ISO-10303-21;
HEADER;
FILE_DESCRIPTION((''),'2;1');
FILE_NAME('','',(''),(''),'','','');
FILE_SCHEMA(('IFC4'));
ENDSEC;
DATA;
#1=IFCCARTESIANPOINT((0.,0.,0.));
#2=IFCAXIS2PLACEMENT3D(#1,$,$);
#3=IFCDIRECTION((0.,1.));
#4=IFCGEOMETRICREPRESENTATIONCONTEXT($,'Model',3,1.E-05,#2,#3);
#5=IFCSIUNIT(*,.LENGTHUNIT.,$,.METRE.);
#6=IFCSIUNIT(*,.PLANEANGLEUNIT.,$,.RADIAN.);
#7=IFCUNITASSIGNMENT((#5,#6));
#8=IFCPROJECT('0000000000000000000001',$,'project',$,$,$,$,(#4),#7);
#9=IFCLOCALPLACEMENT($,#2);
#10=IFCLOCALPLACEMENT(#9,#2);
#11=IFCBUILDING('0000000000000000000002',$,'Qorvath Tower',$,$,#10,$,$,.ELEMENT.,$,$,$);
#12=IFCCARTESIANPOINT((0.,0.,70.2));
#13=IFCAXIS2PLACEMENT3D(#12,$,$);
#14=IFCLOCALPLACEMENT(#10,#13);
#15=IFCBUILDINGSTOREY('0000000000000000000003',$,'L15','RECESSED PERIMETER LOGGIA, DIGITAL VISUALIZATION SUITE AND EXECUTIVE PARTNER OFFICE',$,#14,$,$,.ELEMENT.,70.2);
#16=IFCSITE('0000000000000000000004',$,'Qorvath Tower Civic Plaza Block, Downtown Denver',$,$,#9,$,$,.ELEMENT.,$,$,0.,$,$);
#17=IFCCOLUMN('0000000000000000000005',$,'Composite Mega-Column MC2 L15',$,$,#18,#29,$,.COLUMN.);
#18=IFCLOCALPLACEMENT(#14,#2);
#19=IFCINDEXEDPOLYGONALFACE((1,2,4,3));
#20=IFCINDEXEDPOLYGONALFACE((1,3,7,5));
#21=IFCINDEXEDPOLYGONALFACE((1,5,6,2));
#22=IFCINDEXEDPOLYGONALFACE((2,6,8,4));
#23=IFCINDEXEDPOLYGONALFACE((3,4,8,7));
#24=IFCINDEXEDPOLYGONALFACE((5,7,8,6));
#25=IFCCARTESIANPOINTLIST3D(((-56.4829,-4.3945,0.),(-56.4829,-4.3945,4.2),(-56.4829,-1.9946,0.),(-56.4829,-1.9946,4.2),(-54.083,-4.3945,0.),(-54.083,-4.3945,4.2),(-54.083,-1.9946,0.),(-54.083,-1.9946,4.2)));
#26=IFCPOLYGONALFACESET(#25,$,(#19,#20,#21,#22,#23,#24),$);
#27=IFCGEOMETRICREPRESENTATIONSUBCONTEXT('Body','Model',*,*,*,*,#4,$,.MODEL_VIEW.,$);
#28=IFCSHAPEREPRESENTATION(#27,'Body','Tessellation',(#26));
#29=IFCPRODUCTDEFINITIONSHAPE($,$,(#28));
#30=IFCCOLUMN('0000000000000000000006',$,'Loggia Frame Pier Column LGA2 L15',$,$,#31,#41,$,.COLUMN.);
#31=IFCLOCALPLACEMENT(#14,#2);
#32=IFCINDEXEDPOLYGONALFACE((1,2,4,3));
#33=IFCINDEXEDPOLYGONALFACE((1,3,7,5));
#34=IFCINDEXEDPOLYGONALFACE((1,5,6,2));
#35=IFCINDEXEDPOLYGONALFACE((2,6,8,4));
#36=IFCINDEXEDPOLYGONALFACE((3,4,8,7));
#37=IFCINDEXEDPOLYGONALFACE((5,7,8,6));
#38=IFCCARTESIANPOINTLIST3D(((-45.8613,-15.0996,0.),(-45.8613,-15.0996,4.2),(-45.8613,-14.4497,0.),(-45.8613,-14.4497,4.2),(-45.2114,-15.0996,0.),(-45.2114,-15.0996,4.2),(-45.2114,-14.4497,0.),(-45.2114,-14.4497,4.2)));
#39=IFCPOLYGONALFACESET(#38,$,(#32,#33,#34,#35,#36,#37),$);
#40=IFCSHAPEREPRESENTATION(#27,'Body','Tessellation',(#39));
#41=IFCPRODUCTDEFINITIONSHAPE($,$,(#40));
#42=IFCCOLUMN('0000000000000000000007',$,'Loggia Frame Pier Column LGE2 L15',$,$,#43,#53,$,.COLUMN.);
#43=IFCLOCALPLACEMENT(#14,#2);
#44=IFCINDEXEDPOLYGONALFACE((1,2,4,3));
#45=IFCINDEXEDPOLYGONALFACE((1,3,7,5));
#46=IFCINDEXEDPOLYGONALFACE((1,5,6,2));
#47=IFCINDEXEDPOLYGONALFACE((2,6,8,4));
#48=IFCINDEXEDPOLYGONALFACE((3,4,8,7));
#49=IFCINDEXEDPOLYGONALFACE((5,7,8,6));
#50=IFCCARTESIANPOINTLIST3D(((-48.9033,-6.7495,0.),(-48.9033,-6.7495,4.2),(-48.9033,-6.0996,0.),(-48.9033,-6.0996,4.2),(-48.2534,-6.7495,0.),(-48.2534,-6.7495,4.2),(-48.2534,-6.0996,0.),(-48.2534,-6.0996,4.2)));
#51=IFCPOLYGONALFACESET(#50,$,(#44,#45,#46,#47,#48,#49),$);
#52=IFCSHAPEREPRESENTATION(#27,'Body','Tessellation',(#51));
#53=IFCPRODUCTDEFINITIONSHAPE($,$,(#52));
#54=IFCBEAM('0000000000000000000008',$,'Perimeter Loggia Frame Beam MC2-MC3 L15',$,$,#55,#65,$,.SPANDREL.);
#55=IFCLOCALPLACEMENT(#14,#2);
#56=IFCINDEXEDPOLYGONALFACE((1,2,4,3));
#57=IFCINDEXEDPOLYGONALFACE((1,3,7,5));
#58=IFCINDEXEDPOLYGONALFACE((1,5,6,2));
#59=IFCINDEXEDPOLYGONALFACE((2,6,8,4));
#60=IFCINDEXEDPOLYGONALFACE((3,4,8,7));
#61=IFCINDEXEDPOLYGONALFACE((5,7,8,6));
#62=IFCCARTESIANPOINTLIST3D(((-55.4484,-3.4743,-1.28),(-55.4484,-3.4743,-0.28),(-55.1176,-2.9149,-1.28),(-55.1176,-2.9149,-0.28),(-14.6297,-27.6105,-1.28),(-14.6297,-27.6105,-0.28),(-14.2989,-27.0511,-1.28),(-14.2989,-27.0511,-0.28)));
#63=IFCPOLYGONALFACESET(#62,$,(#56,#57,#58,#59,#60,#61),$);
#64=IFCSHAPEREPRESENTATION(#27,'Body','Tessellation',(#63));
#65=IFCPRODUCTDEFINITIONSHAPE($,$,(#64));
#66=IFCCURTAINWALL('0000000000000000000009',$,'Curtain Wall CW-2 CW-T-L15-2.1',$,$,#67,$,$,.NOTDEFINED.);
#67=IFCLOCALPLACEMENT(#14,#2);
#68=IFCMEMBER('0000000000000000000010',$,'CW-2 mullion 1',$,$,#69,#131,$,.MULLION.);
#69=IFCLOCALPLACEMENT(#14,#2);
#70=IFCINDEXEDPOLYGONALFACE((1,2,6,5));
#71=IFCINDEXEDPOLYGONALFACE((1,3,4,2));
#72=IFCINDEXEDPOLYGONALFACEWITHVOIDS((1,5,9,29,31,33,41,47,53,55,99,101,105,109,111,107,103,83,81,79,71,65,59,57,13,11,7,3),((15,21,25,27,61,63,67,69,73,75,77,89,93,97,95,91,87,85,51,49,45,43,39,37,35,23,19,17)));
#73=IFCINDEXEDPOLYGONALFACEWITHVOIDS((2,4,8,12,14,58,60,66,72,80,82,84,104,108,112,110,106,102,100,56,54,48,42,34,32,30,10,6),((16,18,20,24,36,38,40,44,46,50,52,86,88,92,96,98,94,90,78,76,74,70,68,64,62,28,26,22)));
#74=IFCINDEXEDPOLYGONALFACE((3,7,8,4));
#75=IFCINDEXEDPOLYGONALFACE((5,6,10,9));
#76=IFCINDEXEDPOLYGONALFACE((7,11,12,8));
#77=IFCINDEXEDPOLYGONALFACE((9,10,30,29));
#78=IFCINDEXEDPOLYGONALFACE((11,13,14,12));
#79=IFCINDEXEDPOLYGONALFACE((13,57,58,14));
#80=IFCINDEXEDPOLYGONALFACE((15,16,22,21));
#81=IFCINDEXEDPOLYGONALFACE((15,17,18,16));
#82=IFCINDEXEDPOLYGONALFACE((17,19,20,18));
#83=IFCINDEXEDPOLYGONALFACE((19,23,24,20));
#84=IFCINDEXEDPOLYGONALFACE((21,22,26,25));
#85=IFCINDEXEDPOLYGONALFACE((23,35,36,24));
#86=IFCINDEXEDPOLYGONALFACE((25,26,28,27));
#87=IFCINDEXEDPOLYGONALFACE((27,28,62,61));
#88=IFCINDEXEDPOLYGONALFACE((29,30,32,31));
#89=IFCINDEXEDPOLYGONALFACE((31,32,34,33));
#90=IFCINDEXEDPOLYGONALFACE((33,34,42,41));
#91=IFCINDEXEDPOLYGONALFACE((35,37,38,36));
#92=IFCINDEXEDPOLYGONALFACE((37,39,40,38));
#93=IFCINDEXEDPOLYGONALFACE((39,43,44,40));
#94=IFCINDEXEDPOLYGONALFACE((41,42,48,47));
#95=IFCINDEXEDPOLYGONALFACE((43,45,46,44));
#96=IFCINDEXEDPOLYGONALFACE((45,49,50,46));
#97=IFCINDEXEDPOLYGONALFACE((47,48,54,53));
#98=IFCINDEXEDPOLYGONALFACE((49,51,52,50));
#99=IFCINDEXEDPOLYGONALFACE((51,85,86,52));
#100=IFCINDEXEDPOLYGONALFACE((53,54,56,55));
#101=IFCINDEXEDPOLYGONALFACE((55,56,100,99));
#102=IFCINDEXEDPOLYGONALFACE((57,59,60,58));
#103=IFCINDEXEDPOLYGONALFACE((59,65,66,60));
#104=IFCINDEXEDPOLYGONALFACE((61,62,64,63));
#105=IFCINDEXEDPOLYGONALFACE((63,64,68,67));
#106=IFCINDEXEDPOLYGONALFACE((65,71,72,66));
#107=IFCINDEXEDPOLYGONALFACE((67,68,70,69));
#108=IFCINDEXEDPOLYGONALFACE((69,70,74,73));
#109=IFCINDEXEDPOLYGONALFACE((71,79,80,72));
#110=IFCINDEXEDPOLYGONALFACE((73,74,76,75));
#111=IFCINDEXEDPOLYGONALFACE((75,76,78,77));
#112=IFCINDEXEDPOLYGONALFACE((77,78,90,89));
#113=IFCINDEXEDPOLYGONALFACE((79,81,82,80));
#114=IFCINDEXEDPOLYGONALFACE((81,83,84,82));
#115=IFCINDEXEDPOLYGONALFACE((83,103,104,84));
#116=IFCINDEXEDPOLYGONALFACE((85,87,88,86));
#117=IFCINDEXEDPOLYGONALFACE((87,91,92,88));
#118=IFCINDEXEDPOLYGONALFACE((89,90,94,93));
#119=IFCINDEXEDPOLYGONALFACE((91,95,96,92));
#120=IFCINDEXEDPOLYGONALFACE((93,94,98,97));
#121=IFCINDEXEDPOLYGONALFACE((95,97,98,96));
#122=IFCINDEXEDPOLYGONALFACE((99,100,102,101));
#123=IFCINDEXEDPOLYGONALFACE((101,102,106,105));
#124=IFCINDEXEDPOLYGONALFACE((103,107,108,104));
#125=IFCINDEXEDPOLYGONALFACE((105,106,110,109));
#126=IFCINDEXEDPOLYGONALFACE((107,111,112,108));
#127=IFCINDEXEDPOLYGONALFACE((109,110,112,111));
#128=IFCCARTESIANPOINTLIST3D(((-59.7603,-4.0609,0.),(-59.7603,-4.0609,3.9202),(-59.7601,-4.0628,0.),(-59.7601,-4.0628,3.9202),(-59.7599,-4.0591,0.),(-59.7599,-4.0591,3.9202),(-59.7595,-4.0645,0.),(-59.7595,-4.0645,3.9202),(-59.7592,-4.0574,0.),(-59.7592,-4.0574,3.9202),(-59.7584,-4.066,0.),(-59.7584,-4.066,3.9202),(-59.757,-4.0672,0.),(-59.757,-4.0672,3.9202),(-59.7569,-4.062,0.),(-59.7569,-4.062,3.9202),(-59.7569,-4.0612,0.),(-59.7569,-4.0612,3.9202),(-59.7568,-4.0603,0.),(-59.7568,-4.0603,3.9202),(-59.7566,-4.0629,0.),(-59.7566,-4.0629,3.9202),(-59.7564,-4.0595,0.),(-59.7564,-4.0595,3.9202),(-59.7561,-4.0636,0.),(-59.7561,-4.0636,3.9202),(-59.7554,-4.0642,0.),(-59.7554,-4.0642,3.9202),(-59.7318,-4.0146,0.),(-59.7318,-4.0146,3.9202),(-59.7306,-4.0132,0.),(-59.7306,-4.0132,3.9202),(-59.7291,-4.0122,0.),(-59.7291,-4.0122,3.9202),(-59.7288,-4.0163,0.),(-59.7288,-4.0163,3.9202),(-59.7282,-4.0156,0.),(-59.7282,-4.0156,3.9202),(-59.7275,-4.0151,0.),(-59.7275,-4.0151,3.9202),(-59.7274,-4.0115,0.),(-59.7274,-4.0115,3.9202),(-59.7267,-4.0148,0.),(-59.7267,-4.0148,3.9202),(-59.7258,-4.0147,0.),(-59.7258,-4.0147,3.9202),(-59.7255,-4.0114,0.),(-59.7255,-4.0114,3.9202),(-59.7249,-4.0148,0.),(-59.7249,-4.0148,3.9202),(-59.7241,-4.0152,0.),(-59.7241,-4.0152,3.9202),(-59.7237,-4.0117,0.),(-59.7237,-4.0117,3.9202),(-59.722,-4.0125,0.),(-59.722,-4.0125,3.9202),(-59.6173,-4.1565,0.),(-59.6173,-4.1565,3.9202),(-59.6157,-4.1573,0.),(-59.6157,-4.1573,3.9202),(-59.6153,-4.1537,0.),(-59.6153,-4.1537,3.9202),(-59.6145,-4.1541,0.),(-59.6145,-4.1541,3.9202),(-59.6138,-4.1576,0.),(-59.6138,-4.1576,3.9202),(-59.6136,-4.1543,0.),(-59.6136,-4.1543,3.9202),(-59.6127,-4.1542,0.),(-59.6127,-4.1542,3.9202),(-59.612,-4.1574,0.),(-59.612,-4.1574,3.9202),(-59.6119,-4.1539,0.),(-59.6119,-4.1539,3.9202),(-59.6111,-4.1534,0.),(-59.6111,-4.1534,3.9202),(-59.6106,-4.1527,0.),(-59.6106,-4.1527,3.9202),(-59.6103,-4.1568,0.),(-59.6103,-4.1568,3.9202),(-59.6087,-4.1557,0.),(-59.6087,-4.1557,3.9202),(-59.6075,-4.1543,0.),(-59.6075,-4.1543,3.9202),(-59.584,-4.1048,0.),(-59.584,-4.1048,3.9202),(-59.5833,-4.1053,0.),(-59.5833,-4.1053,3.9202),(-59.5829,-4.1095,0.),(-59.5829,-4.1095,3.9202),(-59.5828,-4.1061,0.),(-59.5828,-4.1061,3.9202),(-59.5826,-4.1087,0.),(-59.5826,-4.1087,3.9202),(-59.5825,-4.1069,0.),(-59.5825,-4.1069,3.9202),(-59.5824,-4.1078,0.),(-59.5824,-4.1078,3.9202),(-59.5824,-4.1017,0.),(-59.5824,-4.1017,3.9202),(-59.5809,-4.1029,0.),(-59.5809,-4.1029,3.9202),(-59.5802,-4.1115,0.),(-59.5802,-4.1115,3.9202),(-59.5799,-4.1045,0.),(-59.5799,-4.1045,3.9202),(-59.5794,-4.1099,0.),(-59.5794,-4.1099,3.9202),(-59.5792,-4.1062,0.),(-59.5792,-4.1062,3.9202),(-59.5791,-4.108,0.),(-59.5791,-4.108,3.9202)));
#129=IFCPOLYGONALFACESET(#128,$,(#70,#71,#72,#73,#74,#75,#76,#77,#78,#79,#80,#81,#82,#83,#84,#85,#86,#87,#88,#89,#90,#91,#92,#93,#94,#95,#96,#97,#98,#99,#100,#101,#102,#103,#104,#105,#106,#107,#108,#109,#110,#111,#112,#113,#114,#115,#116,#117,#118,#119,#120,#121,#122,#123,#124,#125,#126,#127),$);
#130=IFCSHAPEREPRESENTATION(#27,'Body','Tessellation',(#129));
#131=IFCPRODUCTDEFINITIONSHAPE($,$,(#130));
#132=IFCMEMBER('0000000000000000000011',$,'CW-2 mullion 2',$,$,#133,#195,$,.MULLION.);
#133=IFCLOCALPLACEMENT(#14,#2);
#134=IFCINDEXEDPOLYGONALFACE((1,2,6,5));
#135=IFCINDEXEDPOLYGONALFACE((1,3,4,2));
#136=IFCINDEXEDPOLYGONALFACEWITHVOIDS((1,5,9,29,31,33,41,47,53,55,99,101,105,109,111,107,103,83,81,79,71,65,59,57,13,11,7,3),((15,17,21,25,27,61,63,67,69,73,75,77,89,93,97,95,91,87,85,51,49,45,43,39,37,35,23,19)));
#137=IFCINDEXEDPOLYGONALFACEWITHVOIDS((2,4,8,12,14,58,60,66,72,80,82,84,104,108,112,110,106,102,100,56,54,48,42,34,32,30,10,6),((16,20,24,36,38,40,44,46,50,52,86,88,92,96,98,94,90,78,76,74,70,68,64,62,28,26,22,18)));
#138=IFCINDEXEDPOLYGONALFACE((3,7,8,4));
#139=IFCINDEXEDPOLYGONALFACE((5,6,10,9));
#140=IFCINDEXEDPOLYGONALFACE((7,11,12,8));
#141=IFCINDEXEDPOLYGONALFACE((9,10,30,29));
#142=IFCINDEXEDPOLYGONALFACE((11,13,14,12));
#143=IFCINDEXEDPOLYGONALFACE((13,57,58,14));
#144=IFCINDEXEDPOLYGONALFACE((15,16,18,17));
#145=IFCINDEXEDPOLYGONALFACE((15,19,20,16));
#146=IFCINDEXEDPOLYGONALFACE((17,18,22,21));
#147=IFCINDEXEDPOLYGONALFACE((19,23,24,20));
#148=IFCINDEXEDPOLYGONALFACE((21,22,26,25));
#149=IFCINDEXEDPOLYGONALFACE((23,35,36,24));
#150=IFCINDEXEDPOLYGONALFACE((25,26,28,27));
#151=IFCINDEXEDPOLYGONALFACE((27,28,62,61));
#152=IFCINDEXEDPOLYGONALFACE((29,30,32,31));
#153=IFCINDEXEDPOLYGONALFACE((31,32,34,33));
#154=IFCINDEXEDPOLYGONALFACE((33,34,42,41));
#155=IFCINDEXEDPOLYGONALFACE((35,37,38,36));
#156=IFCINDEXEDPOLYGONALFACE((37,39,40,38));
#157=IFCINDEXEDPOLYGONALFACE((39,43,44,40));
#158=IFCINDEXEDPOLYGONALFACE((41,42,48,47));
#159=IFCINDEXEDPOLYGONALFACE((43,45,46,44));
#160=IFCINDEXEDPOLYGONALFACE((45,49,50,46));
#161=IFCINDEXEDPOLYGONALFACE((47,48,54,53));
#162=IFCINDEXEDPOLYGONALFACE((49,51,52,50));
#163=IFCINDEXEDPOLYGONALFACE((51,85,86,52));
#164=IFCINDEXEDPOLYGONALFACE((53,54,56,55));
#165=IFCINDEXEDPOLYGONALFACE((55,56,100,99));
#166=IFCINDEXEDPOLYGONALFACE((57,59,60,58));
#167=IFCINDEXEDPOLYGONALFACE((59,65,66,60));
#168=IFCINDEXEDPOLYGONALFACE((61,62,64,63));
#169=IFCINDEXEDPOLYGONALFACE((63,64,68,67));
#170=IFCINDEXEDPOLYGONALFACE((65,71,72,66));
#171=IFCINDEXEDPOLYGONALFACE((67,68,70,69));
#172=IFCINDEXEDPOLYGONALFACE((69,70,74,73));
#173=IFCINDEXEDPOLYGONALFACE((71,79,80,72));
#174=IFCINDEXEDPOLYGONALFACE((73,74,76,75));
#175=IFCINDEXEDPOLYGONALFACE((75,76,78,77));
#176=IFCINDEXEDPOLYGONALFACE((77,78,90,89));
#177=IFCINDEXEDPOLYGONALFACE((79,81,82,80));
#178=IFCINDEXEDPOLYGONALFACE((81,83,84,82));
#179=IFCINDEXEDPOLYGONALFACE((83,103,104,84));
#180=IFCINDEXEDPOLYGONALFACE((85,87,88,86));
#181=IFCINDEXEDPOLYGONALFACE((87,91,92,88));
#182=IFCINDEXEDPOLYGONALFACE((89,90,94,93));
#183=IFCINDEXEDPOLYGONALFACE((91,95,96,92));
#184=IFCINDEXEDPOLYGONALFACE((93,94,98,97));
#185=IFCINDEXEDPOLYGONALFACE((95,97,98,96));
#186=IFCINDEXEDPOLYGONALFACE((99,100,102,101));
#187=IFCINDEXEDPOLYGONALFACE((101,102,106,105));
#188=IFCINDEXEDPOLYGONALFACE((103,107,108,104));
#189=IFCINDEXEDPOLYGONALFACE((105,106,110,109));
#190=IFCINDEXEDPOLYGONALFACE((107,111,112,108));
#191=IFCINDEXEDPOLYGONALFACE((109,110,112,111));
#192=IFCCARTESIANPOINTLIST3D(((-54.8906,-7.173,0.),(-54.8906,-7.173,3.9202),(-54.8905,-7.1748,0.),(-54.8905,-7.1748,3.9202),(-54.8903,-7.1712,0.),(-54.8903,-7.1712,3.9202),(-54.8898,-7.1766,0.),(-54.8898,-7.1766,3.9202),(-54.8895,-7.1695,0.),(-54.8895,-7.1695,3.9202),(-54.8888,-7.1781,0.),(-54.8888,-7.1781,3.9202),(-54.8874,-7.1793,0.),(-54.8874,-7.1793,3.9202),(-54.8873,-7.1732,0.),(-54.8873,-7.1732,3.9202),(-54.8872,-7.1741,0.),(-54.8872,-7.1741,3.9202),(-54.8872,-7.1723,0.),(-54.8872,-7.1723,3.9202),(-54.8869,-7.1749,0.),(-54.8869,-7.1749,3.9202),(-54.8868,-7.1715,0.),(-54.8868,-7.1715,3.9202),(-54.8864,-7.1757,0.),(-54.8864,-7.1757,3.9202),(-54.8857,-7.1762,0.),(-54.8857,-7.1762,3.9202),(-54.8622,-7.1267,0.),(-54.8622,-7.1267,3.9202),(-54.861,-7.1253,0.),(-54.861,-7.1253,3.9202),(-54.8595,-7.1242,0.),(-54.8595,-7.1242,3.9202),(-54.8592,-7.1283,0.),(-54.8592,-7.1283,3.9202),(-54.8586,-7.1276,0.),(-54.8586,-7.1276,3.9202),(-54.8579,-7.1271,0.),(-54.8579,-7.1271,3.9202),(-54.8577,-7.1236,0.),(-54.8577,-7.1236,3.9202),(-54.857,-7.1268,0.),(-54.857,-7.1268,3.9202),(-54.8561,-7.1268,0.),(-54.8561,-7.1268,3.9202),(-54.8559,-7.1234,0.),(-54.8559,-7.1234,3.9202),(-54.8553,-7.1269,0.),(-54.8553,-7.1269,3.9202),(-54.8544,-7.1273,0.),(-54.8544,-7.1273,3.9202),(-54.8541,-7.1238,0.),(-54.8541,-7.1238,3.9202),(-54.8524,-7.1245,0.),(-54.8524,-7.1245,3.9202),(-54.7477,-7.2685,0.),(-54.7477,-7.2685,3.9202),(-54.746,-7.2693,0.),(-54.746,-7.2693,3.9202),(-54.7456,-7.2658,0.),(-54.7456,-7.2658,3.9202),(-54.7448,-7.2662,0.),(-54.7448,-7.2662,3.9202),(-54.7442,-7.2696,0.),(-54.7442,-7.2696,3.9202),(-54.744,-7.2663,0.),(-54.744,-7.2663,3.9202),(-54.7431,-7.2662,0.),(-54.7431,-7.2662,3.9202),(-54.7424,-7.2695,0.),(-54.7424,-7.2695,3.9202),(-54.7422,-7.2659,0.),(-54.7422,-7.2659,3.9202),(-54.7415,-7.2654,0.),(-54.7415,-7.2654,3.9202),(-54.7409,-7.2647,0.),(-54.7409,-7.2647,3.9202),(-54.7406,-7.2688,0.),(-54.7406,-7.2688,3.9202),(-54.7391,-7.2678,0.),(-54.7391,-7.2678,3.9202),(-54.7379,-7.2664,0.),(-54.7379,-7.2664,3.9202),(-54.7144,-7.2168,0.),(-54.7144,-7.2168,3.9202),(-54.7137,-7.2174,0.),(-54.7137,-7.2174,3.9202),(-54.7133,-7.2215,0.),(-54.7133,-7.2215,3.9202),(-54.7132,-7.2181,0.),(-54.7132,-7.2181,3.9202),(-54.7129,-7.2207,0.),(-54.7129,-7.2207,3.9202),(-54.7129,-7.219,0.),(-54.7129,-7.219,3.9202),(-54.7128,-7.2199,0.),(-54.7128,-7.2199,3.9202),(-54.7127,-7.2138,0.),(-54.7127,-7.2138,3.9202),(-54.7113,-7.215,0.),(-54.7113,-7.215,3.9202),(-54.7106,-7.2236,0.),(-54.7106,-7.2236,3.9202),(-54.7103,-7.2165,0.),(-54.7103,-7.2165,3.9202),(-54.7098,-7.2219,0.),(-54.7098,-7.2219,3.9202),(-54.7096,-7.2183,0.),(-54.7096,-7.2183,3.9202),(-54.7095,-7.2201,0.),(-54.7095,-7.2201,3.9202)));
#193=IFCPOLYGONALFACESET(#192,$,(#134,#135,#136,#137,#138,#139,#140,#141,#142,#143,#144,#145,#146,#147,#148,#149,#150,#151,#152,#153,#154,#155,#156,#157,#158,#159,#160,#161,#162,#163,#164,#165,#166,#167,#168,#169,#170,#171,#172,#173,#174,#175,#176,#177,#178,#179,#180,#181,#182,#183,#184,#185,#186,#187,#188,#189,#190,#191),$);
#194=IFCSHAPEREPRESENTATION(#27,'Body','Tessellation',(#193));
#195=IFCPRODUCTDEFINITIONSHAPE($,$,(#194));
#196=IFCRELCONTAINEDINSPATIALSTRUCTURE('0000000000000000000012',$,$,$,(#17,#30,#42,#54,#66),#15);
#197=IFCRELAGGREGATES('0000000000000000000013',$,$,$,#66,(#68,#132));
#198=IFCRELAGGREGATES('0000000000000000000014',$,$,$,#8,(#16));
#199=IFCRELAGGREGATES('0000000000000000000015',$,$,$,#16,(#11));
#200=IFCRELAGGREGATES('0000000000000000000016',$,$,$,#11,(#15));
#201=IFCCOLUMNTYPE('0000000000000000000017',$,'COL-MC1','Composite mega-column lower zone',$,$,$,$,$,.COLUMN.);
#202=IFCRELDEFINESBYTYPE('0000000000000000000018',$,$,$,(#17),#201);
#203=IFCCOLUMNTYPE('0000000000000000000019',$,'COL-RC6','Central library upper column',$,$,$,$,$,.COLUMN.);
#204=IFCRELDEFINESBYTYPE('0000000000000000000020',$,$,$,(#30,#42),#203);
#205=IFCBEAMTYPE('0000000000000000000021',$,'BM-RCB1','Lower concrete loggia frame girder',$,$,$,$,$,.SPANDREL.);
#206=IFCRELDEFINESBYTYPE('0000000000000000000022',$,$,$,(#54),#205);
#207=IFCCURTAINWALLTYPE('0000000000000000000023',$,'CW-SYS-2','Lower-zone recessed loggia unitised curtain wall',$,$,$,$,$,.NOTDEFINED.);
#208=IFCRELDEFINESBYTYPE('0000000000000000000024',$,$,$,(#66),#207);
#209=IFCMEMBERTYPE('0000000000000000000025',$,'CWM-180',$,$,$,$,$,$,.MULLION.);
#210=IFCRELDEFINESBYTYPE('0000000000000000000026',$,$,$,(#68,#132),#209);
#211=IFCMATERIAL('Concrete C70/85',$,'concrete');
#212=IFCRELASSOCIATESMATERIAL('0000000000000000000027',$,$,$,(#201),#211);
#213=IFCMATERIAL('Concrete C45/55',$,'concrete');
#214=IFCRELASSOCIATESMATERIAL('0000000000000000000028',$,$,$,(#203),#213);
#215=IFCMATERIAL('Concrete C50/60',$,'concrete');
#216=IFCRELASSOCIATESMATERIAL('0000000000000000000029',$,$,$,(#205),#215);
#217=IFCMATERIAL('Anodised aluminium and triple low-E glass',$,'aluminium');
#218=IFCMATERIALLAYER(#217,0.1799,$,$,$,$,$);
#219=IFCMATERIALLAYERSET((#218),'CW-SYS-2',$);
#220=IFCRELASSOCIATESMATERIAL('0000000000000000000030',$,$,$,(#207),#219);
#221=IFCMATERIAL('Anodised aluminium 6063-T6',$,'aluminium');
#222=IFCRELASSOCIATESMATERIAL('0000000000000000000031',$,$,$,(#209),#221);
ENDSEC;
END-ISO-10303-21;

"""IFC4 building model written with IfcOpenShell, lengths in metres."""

from ifc_helpers import new_model, si_unit, direction, frame, origin, origin_2d, place, context, subcontext, project, spatial, rectangle, hollow_rectangle, extrude, material, layer, layer_set, material_profile, profile_set, type_object, element, aggregate, save


model = new_model("IFC4")

# Units and contexts
model_context = context("Model", 3, precision=1e-05, world=origin(), true_north=direction((0.0, 1.0)))
body_context = subcontext(model_context, "Body", "Model", "MODEL_VIEW")
ifc_project = project(units=[si_unit("LENGTHUNIT", "METRE"), si_unit("PLANEANGLEUNIT", "RADIAN")], contexts=[model_context])

# Site, building, storey
site_placement = place(None, origin())
site = spatial("IfcSite", under=ifc_project, at=site_placement, Name="Qorvath Tower Civic Plaza Block, Downtown Denver", CompositionType="ELEMENT", RefElevation=0.0)
building_placement = place(site_placement, origin())
building = spatial("IfcBuilding", under=site, at=building_placement, Name="Qorvath Tower", CompositionType="ELEMENT")
storey_placement = place(building_placement, frame((0.0, 0.0, 70.2)))
storey = spatial("IfcBuildingStorey", under=building, at=storey_placement, Name="L15", Description="RECESSED PERIMETER LOGGIA, DIGITAL VISUALIZATION SUITE AND EXECUTIVE PARTNER OFFICE", CompositionType="ELEMENT", Elevation=70.2)

# Columns
ifc_material_1 = material(Name="Concrete C70/85", Category="concrete")
ifc_material_profile_1 = material_profile(ifc_material_1, rectangle(XDim=2.3999, YDim=2.3999, at=origin_2d()), Name="MC 2400x2400")
ifc_profile_set_1 = profile_set([ifc_material_profile_1], Name="Concrete C70/85")
column_type_1 = type_object("IfcColumnType", Name="COL-MC1", Description="Composite mega-column lower zone", PredefinedType="COLUMN", material=ifc_profile_set_1)
column_placement = place(storey_placement, frame((-55.283, -3.1946, 0.0), z_axis=(0.0, 0.0, 1.0), x_axis=(1.0, 0.0, 0.0)))
element("IfcColumn", 1, at=column_placement, inside=storey, type_object=column_type_1, Name="Composite Mega-Column MC2 L15", PredefinedType="COLUMN", context=body_context, shape_type="SweptSolid", body=[
    extrude(rectangle(XDim=2.3999, YDim=2.3999, at=origin_2d()), origin(), (0.0, 0.0, 1.0), 4.2),
])
ifc_material_2 = material(Name="Concrete C45/55", Category="concrete")
ifc_material_profile_2 = material_profile(ifc_material_2, rectangle(XDim=0.6499, YDim=0.6499, at=origin_2d()), Name="RC 650x650")
ifc_profile_set_2 = profile_set([ifc_material_profile_2], Name="Concrete C45/55")
column_type_2 = type_object("IfcColumnType", Name="COL-RC6", Description="Central library upper column", PredefinedType="COLUMN", material=ifc_profile_set_2)
for number, where, z_axis, x_axis, name in (
    (2, (-45.5364, -14.7747, 0.0), (0.0, 0.0, 1.0), (1.0, 0.0, 0.0), "Loggia Frame Pier Column LGA2 L15"),
    (3, (-48.5784, -6.4246, 0.0), (0.0, 0.0, 1.0), (1.0, 0.0, 0.0), "Loggia Frame Pier Column LGE2 L15"),
):
    element("IfcColumn", number, at=place(storey_placement, frame(where, z_axis=z_axis, x_axis=x_axis)), inside=storey, type_object=column_type_2, Name=name, PredefinedType="COLUMN", context=body_context, shape_type="SweptSolid", body=[
        extrude(rectangle(XDim=0.6499, YDim=0.6499, at=origin_2d()), origin(), (0.0, 0.0, 1.0), 4.2),
    ])

# Beam
ifc_material_3 = material(Name="Concrete C50/60", Category="concrete")
ifc_material_profile_3 = material_profile(ifc_material_3, rectangle(XDim=0.6499, YDim=1.0, at=origin_2d()), Name="RCB 1000x650")
ifc_profile_set_3 = profile_set([ifc_material_profile_3], Name="Concrete C50/60")
beam_type = type_object("IfcBeamType", Name="BM-RCB1", Description="Lower concrete loggia frame girder", PredefinedType="SPANDREL", material=ifc_profile_set_3)
beam_placement = place(storey_placement, frame((-55.283, -3.1946, -0.78), z_axis=(0.860777, -0.508982, 0.0), x_axis=(0.508982, 0.860777, 0.0)))
element("IfcBeam", 4, at=beam_placement, inside=storey, type_object=beam_type, Name="Perimeter Loggia Frame Beam MC2-MC3 L15", PredefinedType="SPANDREL", context=body_context, shape_type="SweptSolid", body=[
    extrude(rectangle(XDim=0.6499, YDim=1.0, at=origin_2d()), origin(), (0.0, 0.0, 1.0), 47.4207),
])

# Curtain wall, members
ifc_material_4 = material(Name="Anodised aluminium and triple low-E glass", Category="aluminium")
ifc_layer_1 = layer(ifc_material_4, 0.1799)
ifc_layer_set_1 = layer_set([ifc_layer_1], Name="CW-SYS-2")
curtain_wall_type = type_object("IfcCurtainWallType", Name="CW-SYS-2", Description="Lower-zone recessed loggia unitised curtain wall", PredefinedType="NOTDEFINED", material=ifc_layer_set_1)
curtain_wall_placement = place(storey_placement, origin())
curtain_wall = element("IfcCurtainWall", 5, at=curtain_wall_placement, inside=storey, type_object=curtain_wall_type, Name="Curtain Wall CW-2 CW-T-L15-2.1", PredefinedType="NOTDEFINED")
ifc_material_5 = material(Name="Anodised aluminium 6063-T6", Category="aluminium")
ifc_material_profile_4 = material_profile(ifc_material_5, hollow_rectangle(XDim=0.0649, YDim=0.1799, WallThickness=0.0034, InnerFilletRadius=0.0034, OuterFilletRadius=0.0071, at=origin_2d()), Name="CWM 180x65")
ifc_profile_set_4 = profile_set([ifc_material_profile_4], Name="Anodised aluminium 6063-T6")
member_type_1 = type_object("IfcMemberType", Name="CWM-180", PredefinedType="MULLION", material=ifc_profile_set_4)
member_1_placement = place(storey_placement, frame((-59.6697, -4.0845, 0.0), z_axis=(0.0, 0.0, 1.0), x_axis=(0.538531, 0.842606, 0.0)))
member_1 = element("IfcMember", 6, at=member_1_placement, type_object=member_type_1, Name="CW-2 mullion 1", PredefinedType="MULLION", context=body_context, shape_type="SweptSolid", body=[
    extrude(hollow_rectangle(XDim=0.0649, YDim=0.1799, WallThickness=0.0034, InnerFilletRadius=0.0034, OuterFilletRadius=0.0071, at=origin_2d()), origin(), (0.0, 0.0, 1.0), 3.9202),
])
member_2_placement = place(storey_placement, frame((-54.8, -7.1965, 0.0), z_axis=(0.0, 0.0, 1.0), x_axis=(0.538531, 0.842606, 0.0)))
member_2 = element("IfcMember", 7, at=member_2_placement, type_object=member_type_1, Name="CW-2 mullion 2", PredefinedType="MULLION", context=body_context, shape_type="SweptSolid", body=[
    extrude(hollow_rectangle(XDim=0.0649, YDim=0.1799, WallThickness=0.0034, InnerFilletRadius=0.0034, OuterFilletRadius=0.0071, at=origin_2d()), origin(), (0.0, 0.0, 1.0), 3.9202),
])
aggregate(curtain_wall, [member_1, member_2])

save(model, "model.ifc")
